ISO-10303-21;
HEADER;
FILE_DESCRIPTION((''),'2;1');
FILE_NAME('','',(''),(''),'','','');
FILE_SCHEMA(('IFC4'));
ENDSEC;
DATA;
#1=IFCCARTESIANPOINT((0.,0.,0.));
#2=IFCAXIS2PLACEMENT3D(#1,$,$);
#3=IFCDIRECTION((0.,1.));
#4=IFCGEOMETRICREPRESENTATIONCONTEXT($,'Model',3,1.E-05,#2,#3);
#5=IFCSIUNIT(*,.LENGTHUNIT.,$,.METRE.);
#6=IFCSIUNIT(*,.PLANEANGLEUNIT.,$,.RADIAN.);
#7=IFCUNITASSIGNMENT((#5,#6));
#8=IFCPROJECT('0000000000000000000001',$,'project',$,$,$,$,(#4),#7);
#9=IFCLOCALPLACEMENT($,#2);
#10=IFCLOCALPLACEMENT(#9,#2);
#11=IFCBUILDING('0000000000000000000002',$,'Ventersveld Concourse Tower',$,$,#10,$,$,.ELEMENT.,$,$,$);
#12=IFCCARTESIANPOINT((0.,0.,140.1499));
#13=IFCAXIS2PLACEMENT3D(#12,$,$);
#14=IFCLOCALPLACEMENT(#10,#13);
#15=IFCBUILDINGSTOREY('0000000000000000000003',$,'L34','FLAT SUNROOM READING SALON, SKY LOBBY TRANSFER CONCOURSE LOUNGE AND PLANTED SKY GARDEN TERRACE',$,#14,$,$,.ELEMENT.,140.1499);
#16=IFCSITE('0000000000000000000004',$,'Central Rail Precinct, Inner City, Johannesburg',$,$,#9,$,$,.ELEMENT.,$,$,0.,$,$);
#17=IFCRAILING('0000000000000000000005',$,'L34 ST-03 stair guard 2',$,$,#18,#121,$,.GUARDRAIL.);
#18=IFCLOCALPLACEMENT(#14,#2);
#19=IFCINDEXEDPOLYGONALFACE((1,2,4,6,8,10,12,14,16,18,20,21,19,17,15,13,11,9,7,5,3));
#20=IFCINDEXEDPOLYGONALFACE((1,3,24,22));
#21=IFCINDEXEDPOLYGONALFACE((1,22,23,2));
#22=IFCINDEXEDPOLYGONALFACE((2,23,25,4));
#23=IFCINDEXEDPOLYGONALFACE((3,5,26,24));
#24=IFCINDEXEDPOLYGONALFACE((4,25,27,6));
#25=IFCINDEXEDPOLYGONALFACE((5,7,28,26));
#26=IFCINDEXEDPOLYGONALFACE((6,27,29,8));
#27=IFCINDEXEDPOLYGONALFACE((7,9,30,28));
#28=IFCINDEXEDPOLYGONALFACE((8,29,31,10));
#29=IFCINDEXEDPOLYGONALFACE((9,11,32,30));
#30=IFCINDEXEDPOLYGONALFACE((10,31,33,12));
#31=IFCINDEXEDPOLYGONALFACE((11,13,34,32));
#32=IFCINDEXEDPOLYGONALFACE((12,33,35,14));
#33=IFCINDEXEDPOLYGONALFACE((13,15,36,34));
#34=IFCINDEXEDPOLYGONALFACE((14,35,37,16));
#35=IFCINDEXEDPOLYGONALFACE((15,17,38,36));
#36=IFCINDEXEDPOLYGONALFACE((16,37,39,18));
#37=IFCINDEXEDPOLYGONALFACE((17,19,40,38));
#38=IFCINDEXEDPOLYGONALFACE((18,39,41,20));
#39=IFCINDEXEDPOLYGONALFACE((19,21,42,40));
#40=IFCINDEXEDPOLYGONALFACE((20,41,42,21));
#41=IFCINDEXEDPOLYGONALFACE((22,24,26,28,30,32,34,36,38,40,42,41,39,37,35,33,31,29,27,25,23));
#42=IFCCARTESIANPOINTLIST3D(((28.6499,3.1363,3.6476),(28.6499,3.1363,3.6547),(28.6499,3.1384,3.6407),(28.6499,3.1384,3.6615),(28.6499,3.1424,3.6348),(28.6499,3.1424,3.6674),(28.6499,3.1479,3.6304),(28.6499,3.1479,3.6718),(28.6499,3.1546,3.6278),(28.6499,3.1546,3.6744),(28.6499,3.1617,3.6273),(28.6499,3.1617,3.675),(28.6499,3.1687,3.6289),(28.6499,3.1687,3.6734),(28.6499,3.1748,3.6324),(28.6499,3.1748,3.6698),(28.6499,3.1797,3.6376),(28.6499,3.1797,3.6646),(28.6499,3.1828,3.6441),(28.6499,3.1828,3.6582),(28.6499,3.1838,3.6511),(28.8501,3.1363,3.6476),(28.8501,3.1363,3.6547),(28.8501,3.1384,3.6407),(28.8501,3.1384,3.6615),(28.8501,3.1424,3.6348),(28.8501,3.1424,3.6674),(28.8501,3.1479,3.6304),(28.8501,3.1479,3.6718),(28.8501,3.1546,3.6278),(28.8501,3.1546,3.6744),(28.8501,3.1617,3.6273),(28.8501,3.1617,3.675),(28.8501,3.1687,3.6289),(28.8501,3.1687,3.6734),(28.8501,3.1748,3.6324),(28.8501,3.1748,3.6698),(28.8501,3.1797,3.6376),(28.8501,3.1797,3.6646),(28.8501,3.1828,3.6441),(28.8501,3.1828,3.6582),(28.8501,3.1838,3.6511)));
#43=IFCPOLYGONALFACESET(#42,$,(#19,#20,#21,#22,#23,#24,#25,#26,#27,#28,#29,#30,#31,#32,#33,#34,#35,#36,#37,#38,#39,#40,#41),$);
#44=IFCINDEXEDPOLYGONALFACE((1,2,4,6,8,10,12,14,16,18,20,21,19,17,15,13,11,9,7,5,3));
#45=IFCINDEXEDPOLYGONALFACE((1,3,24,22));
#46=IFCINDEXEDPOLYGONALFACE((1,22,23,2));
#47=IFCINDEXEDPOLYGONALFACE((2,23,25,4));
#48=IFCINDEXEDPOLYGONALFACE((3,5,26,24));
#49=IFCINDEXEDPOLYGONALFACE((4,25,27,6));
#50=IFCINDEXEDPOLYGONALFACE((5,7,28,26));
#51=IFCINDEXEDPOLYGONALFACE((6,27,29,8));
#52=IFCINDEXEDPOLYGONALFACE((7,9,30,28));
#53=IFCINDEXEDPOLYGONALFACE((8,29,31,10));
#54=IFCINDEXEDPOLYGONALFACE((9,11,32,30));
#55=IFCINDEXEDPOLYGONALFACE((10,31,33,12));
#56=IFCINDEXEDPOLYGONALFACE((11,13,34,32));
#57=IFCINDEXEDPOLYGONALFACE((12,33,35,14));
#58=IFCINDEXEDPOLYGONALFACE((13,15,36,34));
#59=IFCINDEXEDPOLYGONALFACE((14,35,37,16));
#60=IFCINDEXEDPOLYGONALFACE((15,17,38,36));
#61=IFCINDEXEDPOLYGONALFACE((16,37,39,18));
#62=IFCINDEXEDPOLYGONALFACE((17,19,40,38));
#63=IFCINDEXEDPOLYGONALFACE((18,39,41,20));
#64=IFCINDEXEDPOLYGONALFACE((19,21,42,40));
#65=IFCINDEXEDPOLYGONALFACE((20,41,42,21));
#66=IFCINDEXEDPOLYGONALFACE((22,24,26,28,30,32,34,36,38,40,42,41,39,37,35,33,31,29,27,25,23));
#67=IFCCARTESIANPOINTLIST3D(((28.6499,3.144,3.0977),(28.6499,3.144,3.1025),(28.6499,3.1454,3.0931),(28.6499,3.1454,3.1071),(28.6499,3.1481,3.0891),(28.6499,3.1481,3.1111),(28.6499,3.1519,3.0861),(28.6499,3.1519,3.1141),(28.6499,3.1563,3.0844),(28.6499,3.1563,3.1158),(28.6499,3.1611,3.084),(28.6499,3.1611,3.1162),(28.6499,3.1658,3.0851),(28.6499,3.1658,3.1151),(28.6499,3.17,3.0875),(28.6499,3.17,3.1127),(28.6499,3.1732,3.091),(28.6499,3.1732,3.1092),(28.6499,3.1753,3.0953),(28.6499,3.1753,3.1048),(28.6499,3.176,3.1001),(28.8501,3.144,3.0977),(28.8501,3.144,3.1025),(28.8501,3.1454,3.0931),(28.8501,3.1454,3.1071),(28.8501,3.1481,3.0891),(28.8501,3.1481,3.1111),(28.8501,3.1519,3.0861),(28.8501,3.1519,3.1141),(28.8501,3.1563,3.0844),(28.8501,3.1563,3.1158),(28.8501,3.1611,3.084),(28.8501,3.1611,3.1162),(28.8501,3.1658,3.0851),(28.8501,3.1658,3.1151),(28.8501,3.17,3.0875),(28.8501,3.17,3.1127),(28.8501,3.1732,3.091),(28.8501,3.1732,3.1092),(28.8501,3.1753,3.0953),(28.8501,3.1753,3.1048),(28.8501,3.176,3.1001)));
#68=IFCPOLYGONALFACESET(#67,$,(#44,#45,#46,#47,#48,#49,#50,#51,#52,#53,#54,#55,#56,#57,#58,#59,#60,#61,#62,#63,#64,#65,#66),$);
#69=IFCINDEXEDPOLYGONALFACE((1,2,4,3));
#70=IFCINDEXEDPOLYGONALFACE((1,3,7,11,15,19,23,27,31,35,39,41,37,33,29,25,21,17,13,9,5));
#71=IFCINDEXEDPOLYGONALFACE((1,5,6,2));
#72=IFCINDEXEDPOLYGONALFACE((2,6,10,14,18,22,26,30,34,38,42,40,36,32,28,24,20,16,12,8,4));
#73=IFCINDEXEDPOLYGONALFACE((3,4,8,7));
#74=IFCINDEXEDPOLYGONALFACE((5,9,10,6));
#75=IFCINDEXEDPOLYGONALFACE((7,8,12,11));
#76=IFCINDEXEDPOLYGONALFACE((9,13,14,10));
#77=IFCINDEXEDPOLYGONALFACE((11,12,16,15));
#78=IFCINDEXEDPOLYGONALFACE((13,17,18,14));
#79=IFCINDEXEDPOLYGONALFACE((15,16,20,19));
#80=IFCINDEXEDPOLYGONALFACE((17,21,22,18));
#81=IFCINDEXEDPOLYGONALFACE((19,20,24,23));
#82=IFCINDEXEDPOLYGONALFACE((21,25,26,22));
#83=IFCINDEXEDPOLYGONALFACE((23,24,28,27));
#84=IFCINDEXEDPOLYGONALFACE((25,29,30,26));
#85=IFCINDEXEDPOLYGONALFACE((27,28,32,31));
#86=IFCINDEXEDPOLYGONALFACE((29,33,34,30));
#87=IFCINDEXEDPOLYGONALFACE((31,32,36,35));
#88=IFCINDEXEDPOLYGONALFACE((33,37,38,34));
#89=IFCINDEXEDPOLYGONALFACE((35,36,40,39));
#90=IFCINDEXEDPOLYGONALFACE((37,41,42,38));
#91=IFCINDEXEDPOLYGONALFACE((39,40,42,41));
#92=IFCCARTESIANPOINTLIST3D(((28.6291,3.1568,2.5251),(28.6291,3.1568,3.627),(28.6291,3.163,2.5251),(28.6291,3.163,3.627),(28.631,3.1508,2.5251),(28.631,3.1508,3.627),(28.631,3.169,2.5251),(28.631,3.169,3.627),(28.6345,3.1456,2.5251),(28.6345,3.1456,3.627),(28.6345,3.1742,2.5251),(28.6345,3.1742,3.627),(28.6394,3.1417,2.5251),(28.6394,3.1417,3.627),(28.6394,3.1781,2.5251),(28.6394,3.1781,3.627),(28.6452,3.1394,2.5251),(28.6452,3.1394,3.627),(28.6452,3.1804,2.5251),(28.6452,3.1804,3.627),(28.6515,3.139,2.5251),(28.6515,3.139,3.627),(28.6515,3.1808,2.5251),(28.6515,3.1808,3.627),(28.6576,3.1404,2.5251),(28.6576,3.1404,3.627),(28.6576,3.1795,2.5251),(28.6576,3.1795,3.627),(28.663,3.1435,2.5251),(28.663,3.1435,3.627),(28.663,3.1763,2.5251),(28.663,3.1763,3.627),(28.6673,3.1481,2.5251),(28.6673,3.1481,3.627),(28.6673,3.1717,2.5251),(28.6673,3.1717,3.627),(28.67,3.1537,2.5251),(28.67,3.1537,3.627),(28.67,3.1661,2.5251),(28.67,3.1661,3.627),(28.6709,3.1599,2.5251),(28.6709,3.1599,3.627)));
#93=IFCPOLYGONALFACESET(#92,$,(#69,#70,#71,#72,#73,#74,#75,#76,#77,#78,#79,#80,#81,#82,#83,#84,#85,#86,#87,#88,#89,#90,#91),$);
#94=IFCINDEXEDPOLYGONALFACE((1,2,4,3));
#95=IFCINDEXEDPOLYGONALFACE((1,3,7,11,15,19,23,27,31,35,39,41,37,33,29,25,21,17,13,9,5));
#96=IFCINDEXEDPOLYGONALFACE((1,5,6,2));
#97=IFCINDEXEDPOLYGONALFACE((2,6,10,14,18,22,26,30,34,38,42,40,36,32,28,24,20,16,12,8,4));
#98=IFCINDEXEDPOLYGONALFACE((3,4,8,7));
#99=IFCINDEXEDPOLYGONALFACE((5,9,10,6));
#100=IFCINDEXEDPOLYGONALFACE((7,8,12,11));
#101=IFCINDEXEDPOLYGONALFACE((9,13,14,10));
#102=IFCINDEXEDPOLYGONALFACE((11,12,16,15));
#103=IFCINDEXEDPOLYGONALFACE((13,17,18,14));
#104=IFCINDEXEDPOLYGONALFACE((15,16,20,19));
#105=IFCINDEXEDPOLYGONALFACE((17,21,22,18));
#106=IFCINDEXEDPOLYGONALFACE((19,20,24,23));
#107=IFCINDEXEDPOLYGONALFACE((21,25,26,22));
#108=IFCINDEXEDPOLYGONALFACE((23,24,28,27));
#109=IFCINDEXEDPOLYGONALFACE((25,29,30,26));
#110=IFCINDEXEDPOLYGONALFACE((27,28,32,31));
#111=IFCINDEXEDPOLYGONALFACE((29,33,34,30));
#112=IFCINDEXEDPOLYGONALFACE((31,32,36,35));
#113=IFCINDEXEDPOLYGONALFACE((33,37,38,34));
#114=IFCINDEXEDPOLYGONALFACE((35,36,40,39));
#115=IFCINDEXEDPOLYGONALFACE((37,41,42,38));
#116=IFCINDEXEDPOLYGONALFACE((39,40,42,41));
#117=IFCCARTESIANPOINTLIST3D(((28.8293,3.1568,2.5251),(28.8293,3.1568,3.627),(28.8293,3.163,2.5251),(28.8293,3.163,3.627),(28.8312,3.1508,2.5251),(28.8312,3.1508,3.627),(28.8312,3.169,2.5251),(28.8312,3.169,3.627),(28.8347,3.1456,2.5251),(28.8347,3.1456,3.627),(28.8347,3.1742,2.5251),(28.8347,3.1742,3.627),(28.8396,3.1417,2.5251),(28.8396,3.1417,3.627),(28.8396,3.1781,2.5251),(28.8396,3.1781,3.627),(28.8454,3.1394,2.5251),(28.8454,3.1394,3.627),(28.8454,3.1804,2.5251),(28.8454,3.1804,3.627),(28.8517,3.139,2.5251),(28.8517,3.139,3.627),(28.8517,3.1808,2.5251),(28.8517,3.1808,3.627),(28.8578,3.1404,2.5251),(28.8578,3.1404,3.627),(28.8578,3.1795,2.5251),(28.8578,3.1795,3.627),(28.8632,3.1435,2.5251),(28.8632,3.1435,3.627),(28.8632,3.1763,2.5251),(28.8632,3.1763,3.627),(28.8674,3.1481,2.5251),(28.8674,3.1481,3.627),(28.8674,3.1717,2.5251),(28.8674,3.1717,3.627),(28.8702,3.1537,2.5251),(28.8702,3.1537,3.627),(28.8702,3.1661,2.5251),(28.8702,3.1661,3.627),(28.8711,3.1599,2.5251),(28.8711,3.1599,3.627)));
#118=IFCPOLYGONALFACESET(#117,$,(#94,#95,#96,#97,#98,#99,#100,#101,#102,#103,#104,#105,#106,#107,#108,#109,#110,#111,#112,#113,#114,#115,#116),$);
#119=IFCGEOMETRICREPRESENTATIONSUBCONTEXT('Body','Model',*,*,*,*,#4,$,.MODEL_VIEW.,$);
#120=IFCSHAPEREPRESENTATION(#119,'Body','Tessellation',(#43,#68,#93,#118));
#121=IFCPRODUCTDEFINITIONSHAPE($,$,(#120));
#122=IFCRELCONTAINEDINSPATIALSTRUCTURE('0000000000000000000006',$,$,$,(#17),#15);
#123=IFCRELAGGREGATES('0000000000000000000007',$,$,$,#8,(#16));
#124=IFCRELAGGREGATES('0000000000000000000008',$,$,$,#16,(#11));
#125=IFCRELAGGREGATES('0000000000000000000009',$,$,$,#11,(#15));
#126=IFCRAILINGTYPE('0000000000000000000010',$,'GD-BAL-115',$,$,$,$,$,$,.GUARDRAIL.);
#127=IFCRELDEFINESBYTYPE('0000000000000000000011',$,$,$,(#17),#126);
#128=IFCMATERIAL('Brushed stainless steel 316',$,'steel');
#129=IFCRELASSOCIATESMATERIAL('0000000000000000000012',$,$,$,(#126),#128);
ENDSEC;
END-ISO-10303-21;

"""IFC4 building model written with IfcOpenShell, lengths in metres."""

from ifc_helpers import new_model, si_unit, direction, frame, origin, origin_2d, place, context, subcontext, project, spatial, circle, extrude, material, type_object, element, save


model = new_model("IFC4")

# Units and contexts
model_context = context("Model", 3, precision=1e-05, world=origin(), true_north=direction((0.0, 1.0)))
body_context = subcontext(model_context, "Body", "Model", "MODEL_VIEW")
ifc_project = project(units=[si_unit("LENGTHUNIT", "METRE"), si_unit("PLANEANGLEUNIT", "RADIAN")], contexts=[model_context])

# Site, building, storey
site_placement = place(None, origin())
site = spatial("IfcSite", under=ifc_project, at=site_placement, Name="Central Rail Precinct, Inner City, Johannesburg", CompositionType="ELEMENT", RefElevation=0.0)
building_placement = place(site_placement, origin())
building = spatial("IfcBuilding", under=site, at=building_placement, Name="Ventersveld Concourse Tower", CompositionType="ELEMENT")
storey_placement = place(building_placement, frame((0.0, 0.0, 140.1499)))
storey = spatial("IfcBuildingStorey", under=building, at=storey_placement, Name="L34", Description="FLAT SUNROOM READING SALON, SKY LOBBY TRANSFER CONCOURSE LOUNGE AND PLANTED SKY GARDEN TERRACE", CompositionType="ELEMENT", Elevation=140.1499)

# Shared definitions
ifc_material_1 = material(Name="Brushed stainless steel 316", Category="steel")

# Railing
railing_type_1 = type_object("IfcRailingType", Name="GD-BAL-115", PredefinedType="GUARDRAIL", material=ifc_material_1)
for number, where, name in (
    (1, (28.6499, 3.1599, 2.5251), "L34 ST-03 stair guard 2"),
):
    element("IfcRailing", number, at=place(storey_placement, frame(where)), inside=storey, type_object=railing_type_1, Name=name, PredefinedType="GUARDRAIL", context=body_context, shape_type="SweptSolid", body=[
        extrude(circle(Radius=0.0239, at=origin_2d()), frame((0.0, 0.0, 1.126), z_axis=(1.0, 0.0, 0.0), x_axis=(0.0, 1.0, 0.0)), (0.0, 0.0, 1.0), 0.2002),
        extrude(circle(Radius=0.0161, at=origin_2d()), frame((0.0, 0.0, 0.575), z_axis=(1.0, 0.0, 0.0), x_axis=(0.0, 1.0, 0.0)), (0.0, 0.0, 1.0), 0.2002),
        extrude(circle(Radius=0.021, at=origin_2d()), origin(), (0.0, 0.0, 1.0), 1.1018),
        extrude(circle(Radius=0.021, at=origin_2d()), frame((0.2002, 0.0, 0.0)), (0.0, 0.0, 1.0), 1.1018),
    ])

save(model, "model.ifc")
